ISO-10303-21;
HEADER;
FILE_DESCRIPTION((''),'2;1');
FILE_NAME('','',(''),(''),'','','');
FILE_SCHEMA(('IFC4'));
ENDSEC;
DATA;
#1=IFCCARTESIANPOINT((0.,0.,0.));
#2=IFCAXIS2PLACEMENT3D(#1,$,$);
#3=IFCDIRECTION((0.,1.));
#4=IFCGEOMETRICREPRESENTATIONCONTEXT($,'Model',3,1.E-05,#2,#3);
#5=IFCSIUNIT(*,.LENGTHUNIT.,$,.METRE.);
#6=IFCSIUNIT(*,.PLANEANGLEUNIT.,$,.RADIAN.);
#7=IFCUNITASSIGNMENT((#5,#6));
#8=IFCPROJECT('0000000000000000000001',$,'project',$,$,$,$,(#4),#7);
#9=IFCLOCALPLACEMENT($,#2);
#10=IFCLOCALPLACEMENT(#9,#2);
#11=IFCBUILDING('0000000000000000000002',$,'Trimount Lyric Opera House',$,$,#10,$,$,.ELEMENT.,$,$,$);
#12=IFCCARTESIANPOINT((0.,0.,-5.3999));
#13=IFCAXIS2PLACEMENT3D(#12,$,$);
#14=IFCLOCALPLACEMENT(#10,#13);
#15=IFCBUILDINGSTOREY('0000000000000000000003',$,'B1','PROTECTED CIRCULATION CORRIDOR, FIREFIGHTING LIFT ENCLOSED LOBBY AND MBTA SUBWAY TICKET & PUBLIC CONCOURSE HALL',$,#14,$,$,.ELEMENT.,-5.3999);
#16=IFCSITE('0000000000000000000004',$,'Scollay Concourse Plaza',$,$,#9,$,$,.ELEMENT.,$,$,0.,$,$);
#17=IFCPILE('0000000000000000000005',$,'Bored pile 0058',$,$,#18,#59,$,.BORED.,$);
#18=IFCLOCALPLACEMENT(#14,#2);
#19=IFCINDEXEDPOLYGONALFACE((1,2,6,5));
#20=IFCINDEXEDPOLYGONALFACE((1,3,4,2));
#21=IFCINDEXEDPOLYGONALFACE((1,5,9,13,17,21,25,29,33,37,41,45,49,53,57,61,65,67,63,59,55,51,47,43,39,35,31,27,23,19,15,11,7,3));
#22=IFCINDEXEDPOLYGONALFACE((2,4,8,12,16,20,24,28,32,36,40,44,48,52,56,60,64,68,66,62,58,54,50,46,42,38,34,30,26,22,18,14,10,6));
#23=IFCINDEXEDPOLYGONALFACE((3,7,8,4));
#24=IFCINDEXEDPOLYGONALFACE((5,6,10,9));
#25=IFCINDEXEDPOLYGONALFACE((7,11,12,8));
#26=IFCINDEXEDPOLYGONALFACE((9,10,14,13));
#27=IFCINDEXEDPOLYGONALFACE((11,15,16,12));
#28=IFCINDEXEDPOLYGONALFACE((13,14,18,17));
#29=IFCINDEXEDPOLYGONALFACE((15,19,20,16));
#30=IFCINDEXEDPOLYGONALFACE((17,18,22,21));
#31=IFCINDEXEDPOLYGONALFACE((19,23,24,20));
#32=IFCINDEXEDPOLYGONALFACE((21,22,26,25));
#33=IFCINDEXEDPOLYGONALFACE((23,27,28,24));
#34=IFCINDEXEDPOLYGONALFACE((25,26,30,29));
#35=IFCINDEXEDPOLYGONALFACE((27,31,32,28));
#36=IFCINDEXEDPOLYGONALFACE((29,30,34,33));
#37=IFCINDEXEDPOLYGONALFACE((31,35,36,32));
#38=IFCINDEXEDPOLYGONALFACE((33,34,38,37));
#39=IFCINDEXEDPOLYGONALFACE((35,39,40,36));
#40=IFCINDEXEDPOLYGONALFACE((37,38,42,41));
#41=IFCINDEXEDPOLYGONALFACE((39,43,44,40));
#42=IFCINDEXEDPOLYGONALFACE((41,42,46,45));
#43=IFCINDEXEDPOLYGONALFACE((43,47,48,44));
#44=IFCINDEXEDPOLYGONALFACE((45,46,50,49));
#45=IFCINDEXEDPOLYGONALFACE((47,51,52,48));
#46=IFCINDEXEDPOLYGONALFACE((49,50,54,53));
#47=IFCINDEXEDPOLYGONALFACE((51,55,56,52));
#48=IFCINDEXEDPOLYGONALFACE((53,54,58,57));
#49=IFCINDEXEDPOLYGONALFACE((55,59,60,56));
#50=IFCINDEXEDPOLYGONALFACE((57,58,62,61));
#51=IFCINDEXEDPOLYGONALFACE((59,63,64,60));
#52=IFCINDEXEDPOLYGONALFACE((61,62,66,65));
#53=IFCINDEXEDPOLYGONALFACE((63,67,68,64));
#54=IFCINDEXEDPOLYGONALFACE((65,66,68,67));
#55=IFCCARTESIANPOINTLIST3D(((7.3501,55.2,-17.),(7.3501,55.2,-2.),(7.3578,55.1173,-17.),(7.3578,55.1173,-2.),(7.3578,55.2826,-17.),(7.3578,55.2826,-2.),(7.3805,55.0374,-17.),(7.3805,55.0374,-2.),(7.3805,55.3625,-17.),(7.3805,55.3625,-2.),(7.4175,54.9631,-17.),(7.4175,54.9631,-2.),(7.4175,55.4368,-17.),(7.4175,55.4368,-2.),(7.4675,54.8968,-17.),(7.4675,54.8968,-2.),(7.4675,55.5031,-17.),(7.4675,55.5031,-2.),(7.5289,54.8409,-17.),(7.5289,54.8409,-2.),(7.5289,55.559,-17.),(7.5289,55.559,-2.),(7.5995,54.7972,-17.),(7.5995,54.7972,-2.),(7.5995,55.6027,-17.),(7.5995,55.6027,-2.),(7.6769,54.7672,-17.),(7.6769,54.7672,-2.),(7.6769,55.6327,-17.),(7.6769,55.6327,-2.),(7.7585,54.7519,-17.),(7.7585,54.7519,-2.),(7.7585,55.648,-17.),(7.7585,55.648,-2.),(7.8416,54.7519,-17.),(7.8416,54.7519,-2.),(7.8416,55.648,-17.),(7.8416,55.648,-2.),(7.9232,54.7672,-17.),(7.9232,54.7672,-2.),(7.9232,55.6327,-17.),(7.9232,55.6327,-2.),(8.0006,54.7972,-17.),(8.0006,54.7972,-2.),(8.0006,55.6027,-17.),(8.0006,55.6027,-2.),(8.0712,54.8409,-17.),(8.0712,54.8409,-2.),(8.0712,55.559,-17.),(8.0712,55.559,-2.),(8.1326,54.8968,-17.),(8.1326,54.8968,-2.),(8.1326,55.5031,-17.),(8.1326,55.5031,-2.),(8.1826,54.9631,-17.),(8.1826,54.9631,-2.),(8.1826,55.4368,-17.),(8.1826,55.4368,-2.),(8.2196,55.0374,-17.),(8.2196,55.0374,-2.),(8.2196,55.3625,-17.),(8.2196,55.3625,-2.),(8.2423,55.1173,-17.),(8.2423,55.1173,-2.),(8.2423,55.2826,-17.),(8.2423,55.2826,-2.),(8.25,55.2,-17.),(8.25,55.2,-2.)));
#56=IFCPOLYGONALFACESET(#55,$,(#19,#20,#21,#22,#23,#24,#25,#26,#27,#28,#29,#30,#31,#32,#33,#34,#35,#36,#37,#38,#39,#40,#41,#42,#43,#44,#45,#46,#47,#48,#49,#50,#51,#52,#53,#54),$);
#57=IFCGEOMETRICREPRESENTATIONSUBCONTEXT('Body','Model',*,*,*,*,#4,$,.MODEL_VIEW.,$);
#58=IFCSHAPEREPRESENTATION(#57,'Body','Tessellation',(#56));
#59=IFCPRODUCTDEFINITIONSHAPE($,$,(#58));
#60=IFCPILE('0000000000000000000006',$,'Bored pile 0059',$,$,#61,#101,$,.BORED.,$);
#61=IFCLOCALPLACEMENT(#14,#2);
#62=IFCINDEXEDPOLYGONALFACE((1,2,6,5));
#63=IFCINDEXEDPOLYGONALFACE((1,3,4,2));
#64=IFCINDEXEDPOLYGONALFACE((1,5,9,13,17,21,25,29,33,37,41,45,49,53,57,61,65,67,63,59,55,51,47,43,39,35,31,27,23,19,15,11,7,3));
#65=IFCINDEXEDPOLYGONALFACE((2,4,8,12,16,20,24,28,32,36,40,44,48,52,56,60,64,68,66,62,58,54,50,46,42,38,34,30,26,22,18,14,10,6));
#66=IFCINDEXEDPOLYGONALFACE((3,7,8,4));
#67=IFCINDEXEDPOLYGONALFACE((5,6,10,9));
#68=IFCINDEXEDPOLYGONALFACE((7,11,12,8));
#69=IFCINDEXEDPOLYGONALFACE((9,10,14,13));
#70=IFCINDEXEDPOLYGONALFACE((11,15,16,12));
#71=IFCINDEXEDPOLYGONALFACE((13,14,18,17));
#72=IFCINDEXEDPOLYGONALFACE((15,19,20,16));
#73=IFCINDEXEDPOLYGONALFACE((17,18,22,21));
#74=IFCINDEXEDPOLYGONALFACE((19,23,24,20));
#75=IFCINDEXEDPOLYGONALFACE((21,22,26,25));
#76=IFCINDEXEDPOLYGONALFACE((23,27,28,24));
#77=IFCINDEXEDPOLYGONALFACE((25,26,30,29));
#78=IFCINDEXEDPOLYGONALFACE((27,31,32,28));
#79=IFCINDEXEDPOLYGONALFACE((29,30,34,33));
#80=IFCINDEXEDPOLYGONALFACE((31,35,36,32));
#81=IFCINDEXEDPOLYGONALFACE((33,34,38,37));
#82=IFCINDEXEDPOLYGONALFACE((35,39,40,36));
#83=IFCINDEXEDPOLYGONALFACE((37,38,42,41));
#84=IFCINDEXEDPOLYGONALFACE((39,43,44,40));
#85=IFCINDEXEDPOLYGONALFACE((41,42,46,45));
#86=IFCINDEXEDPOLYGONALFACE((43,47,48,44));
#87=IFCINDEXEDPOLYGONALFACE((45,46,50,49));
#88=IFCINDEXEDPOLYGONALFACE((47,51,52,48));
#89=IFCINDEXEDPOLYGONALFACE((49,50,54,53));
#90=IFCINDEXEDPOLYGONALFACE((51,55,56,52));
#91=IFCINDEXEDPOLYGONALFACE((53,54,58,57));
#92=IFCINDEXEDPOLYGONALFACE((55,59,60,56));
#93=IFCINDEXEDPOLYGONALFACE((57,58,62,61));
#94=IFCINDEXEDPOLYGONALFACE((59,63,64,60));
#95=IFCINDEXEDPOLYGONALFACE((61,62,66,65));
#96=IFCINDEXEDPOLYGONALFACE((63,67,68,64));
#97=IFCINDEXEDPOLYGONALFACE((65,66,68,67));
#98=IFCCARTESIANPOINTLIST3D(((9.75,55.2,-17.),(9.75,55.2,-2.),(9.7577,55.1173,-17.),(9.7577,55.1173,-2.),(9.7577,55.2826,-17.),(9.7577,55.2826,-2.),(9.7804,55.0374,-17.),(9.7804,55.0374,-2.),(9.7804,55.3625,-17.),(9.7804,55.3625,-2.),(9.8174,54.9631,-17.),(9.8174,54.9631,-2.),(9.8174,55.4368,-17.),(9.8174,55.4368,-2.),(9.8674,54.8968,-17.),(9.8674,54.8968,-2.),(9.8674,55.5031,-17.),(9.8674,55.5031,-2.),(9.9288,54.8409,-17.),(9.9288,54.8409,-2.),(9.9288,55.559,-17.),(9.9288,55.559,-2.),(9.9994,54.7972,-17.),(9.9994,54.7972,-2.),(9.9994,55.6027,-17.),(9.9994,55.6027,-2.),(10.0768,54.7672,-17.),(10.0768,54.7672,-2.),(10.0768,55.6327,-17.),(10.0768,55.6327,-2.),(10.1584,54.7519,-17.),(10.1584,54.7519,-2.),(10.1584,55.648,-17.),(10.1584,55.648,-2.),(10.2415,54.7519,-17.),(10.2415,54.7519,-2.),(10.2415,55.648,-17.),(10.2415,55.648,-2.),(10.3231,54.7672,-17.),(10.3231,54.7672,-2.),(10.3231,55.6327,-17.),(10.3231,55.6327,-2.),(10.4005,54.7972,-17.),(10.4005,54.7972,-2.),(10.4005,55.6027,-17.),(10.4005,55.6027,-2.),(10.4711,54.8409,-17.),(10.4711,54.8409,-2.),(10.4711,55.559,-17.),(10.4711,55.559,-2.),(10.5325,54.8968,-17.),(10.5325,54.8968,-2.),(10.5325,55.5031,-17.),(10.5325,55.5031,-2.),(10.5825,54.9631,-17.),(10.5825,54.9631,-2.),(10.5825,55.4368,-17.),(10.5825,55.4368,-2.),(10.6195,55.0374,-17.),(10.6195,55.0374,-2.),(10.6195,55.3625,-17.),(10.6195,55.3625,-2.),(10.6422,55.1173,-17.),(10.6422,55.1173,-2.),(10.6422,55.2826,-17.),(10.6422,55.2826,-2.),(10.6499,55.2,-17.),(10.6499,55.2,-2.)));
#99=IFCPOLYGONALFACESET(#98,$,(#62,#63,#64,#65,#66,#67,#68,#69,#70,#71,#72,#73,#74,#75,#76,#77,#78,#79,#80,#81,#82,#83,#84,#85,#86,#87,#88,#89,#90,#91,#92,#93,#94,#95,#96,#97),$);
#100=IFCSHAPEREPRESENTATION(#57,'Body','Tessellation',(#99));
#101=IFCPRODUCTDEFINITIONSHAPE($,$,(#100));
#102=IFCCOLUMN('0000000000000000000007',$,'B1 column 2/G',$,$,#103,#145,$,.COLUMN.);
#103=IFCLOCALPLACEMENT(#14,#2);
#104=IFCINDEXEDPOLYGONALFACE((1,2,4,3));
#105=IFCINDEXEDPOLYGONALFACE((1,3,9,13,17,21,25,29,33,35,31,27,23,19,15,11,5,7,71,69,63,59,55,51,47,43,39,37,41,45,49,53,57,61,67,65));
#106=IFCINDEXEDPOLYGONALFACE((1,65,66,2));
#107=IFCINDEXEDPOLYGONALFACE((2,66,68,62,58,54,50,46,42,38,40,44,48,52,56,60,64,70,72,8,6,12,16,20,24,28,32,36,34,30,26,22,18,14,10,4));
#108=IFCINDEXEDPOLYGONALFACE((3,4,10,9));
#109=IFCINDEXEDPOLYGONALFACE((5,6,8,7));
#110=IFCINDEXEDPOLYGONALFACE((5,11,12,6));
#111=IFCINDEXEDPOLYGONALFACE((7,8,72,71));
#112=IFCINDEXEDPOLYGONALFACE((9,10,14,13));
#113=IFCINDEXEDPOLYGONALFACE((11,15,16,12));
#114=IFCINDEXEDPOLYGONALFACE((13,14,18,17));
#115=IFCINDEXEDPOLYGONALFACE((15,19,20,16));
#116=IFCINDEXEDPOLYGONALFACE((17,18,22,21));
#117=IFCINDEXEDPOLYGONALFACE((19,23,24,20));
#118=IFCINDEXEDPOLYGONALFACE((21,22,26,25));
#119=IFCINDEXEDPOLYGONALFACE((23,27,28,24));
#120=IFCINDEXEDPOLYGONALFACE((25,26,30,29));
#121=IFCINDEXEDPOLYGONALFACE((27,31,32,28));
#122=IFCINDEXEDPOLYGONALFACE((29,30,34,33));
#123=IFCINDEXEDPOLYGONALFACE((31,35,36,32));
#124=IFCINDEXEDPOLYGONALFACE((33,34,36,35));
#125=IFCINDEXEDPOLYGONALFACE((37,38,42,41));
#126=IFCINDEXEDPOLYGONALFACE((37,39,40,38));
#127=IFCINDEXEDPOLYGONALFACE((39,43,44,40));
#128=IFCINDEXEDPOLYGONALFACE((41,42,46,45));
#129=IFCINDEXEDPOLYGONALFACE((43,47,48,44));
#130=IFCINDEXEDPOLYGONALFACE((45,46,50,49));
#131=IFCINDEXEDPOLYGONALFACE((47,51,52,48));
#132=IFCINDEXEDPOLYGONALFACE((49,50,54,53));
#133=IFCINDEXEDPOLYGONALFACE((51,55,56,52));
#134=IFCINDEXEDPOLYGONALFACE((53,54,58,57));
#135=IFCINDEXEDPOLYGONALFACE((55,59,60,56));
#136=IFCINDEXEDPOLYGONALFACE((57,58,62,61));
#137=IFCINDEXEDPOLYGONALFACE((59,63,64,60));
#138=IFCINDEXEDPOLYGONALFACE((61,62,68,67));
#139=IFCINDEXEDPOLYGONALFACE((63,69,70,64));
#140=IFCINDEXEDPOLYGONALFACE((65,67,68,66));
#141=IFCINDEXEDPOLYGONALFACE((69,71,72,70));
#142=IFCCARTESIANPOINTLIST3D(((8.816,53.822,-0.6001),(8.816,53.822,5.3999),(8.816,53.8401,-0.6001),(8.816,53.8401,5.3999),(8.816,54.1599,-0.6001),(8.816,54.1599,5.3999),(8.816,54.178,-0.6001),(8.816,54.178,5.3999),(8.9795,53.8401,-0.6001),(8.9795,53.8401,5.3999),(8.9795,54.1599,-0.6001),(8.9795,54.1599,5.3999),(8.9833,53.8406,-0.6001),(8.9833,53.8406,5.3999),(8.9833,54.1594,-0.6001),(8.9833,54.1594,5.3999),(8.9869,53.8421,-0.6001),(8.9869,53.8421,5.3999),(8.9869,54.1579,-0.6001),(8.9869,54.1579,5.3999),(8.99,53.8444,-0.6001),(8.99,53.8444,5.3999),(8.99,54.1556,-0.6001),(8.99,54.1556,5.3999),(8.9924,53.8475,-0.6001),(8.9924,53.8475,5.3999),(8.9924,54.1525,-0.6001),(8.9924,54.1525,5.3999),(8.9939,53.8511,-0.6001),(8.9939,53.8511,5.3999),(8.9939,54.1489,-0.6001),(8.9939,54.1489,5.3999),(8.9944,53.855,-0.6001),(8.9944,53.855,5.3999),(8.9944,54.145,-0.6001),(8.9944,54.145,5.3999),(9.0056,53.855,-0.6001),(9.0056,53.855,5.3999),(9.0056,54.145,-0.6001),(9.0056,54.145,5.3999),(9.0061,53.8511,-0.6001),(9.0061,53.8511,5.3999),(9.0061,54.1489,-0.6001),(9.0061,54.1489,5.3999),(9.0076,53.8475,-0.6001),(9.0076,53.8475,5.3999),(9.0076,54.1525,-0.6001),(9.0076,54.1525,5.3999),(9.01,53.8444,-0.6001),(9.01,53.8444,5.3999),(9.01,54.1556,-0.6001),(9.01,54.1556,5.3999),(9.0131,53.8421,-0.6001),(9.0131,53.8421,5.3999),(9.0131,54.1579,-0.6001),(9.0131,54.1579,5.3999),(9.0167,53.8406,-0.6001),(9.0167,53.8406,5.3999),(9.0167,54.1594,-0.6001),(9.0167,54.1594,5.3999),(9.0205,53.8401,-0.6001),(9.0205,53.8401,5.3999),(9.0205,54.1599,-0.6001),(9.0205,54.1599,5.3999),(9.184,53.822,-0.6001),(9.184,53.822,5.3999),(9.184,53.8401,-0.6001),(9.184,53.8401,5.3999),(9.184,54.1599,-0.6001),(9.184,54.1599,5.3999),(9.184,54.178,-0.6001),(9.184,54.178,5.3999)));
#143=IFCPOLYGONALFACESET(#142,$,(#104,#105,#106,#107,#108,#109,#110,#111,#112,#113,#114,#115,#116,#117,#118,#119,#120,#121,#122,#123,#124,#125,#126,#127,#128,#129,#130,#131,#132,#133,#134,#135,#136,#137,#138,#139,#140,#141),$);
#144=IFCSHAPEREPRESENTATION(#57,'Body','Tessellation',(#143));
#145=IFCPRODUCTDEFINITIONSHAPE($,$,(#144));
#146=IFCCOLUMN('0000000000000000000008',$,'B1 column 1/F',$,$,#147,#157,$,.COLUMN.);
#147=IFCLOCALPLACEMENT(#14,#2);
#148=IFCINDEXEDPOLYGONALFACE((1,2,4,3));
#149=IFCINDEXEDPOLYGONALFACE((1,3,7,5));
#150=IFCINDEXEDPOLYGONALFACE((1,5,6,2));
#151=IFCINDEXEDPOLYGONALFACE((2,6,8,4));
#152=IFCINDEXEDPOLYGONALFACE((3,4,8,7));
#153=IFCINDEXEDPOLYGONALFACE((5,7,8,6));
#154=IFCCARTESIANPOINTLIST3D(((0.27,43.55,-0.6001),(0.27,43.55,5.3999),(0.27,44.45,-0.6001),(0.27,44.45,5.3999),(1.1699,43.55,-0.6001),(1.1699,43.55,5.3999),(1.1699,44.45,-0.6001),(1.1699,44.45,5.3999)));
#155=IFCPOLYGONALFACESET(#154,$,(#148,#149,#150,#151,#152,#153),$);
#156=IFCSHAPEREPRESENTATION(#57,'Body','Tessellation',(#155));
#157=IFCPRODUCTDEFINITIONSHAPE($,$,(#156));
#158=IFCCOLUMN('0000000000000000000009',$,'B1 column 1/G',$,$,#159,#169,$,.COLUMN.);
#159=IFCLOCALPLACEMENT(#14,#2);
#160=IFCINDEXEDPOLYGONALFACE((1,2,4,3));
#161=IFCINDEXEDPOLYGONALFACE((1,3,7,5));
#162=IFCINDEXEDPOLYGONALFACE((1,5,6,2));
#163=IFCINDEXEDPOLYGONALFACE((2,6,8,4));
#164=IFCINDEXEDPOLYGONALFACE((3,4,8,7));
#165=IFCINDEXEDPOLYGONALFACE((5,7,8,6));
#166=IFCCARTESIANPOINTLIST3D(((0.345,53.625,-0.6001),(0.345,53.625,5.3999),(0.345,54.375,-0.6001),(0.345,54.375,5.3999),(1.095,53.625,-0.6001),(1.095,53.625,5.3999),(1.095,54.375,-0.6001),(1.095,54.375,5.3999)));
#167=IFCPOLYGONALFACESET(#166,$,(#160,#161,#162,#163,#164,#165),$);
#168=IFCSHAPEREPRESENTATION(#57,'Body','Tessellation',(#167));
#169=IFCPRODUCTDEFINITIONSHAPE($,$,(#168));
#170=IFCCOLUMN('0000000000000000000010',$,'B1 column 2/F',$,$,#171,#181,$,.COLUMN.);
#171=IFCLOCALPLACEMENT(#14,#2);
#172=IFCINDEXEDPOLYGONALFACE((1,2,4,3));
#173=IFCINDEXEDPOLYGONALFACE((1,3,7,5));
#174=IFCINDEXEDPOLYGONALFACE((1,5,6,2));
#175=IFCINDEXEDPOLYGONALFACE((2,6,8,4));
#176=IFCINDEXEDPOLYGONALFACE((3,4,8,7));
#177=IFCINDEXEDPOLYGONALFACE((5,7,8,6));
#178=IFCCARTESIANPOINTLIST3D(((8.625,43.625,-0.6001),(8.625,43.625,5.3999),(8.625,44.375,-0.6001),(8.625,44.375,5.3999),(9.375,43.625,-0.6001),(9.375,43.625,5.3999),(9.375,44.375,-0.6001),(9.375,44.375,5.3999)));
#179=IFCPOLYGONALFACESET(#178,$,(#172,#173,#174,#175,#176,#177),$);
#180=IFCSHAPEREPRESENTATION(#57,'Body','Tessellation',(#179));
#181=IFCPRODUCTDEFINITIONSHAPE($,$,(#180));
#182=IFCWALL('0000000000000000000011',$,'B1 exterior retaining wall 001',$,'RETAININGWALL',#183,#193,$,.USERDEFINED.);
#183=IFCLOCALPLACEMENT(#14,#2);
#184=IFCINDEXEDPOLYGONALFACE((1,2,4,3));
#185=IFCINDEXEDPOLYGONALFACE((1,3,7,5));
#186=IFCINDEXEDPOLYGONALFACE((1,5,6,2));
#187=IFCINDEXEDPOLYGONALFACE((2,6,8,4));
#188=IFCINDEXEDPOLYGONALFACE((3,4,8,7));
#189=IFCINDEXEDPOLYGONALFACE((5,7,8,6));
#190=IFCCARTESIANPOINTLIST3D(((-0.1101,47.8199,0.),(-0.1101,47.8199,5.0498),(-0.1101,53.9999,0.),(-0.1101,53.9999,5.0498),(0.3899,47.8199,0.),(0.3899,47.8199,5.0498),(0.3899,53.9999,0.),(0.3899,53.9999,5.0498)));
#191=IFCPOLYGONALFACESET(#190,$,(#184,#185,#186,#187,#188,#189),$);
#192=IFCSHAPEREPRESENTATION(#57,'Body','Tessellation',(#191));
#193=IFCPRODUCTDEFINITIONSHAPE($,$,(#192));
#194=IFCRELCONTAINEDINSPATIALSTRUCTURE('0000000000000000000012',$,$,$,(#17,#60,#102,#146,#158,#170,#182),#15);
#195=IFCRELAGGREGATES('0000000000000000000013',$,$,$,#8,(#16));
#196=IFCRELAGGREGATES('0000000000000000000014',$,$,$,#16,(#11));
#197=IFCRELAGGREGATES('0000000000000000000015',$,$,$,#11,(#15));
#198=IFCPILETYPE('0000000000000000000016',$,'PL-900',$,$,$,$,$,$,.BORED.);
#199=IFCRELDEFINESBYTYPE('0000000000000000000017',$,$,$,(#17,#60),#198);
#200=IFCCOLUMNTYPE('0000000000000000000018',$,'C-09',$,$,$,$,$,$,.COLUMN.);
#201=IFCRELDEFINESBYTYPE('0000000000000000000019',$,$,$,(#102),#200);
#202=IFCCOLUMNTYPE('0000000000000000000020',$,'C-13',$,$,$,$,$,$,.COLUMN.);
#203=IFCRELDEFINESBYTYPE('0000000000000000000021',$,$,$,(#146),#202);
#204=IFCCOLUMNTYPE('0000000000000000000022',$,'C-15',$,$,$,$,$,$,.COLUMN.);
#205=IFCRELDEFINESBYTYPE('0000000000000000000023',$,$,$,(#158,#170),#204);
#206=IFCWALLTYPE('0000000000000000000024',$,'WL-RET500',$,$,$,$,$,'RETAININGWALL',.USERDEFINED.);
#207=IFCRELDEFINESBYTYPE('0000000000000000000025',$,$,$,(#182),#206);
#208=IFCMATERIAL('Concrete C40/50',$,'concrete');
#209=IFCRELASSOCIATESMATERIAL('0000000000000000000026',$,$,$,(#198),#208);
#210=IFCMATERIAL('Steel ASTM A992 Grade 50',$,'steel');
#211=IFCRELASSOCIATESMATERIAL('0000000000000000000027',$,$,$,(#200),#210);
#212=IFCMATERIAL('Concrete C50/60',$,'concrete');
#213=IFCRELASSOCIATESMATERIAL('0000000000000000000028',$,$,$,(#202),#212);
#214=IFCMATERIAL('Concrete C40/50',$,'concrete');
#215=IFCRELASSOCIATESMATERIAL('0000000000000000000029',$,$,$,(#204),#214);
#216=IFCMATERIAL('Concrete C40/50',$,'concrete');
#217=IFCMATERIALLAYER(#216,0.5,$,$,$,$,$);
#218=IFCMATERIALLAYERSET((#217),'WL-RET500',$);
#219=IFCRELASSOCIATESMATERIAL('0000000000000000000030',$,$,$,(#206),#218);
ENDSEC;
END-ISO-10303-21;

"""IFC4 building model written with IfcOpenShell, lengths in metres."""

from ifc_helpers import new_model, si_unit, direction, frame, frame_2d, origin, origin_2d, place, context, subcontext, project, spatial, rectangle, circle, i_section, extrude, material, layer, layer_set, material_profile, profile_set, type_object, element, save


model = new_model("IFC4")

# Units and contexts
model_context = context("Model", 3, precision=1e-05, world=origin(), true_north=direction((0.0, 1.0)))
body_context = subcontext(model_context, "Body", "Model", "MODEL_VIEW")
ifc_project = project(units=[si_unit("LENGTHUNIT", "METRE"), si_unit("PLANEANGLEUNIT", "RADIAN")], contexts=[model_context])

# Site, building, storey
site_placement = place(None, origin())
site = spatial("IfcSite", under=ifc_project, at=site_placement, Name="Scollay Concourse Plaza", CompositionType="ELEMENT", RefElevation=0.0)
building_placement = place(site_placement, origin())
building = spatial("IfcBuilding", under=site, at=building_placement, Name="Trimount Lyric Opera House", CompositionType="ELEMENT")
storey_placement = place(building_placement, frame((0.0, 0.0, -5.3999)))
storey = spatial("IfcBuildingStorey", under=building, at=storey_placement, Name="B1", Description="PROTECTED CIRCULATION CORRIDOR, FIREFIGHTING LIFT ENCLOSED LOBBY AND MBTA SUBWAY TICKET & PUBLIC CONCOURSE HALL", CompositionType="ELEMENT", Elevation=-5.3999)

# Piles
ifc_material_1 = material(Name="Concrete C40/50", Category="concrete")
ifc_material_profile_1 = material_profile(ifc_material_1, circle(Radius=0.45, at=origin_2d()), Name="PILE-D900")
ifc_profile_set_1 = profile_set([ifc_material_profile_1], Name="Concrete C40/50")
pile_type_1 = type_object("IfcPileType", Name="PL-900", PredefinedType="BORED", material=ifc_profile_set_1)
for number, where, z_axis, x_axis, name in (
    (1, (7.8, 55.2, -2.0), (0.0, 0.0, -1.0), (1.0, 0.0, 0.0), "Bored pile 0058"),
    (2, (10.2, 55.2, -2.0), (0.0, 0.0, -1.0), (1.0, 0.0, 0.0), "Bored pile 0059"),
):
    element("IfcPile", number, at=place(storey_placement, frame(where, z_axis=z_axis, x_axis=x_axis)), inside=storey, type_object=pile_type_1, Name=name, PredefinedType="BORED", context=body_context, shape_type="SweptSolid", body=[
        extrude(circle(Radius=0.45, at=origin_2d()), origin(), (0.0, 0.0, 1.0), 15.0),
    ])

# Columns
ifc_material_2 = material(Name="Steel ASTM A992 Grade 50", Category="steel")
ifc_material_profile_2 = material_profile(ifc_material_2, i_section(OverallWidth=0.3679, OverallDepth=0.356, WebThickness=0.0112, FlangeThickness=0.0181, FilletRadius=0.0149, at=origin_2d()), Name="W14X90")
ifc_profile_set_2 = profile_set([ifc_material_profile_2], Name="Steel ASTM A992 Grade 50")
column_type_1 = type_object("IfcColumnType", Name="C-09", PredefinedType="COLUMN", material=ifc_profile_set_2)
column_1_placement = place(storey_placement, frame((9.0, 54.0, -0.6001), z_axis=(0.0, 0.0, 1.0), x_axis=(1.0, 0.0, 0.0)))
element("IfcColumn", 3, at=column_1_placement, inside=storey, type_object=column_type_1, Name="B1 column 2/G", PredefinedType="COLUMN", context=body_context, shape_type="SweptSolid", body=[
    extrude(i_section(OverallWidth=0.3679, OverallDepth=0.356, WebThickness=0.0112, FlangeThickness=0.0181, FilletRadius=0.0149, at=origin_2d()), origin(), (0.0, 0.0, 1.0), 6.0),
])
ifc_material_3 = material(Name="Concrete C50/60", Category="concrete")
ifc_material_profile_3 = material_profile(ifc_material_3, rectangle(XDim=0.8999, YDim=0.8999, at=origin_2d()), Name="RC900X900")
ifc_profile_set_3 = profile_set([ifc_material_profile_3], Name="Concrete C50/60")
column_type_2 = type_object("IfcColumnType", Name="C-13", PredefinedType="COLUMN", material=ifc_profile_set_3)
column_2_placement = place(storey_placement, frame((0.72, 44.0, -0.6001), z_axis=(0.0, 0.0, 1.0), x_axis=(1.0, 0.0, 0.0)))
element("IfcColumn", 4, at=column_2_placement, inside=storey, type_object=column_type_2, Name="B1 column 1/F", PredefinedType="COLUMN", context=body_context, shape_type="SweptSolid", body=[
    extrude(rectangle(XDim=0.8999, YDim=0.8999, at=origin_2d()), origin(), (0.0, 0.0, 1.0), 6.0),
])
ifc_material_4 = material(Name="Concrete C40/50", Category="concrete")
ifc_material_profile_4 = material_profile(ifc_material_4, rectangle(XDim=0.75, YDim=0.75, at=origin_2d()), Name="RC750X750")
ifc_profile_set_4 = profile_set([ifc_material_profile_4], Name="Concrete C40/50")
column_type_3 = type_object("IfcColumnType", Name="C-15", PredefinedType="COLUMN", material=ifc_profile_set_4)
for number, where, z_axis, x_axis, name in (
    (5, (0.72, 54.0, -0.6001), (0.0, 0.0, 1.0), (1.0, 0.0, 0.0), "B1 column 1/G"),
    (6, (9.0, 44.0, -0.6001), (0.0, 0.0, 1.0), (1.0, 0.0, 0.0), "B1 column 2/F"),
):
    element("IfcColumn", number, at=place(storey_placement, frame(where, z_axis=z_axis, x_axis=x_axis)), inside=storey, type_object=column_type_3, Name=name, PredefinedType="COLUMN", context=body_context, shape_type="SweptSolid", body=[
        extrude(rectangle(XDim=0.75, YDim=0.75, at=origin_2d()), origin(), (0.0, 0.0, 1.0), 6.0),
    ])

# Wall
ifc_material_5 = material(Name="Concrete C40/50", Category="concrete")
ifc_layer_1 = layer(ifc_material_5, 0.5)
ifc_layer_set_1 = layer_set([ifc_layer_1], Name="WL-RET500")
wall_type_1 = type_object("IfcWallType", Name="WL-RET500", ElementType="RETAININGWALL", PredefinedType="USERDEFINED", material=ifc_layer_set_1)
wall_1_placement = place(storey_placement, frame((0.1399, 47.8201, 0.0), z_axis=(0.0, 0.0, 1.0), x_axis=(0.0, 1.0, 0.0)))
element("IfcWall", 7, at=wall_1_placement, inside=storey, type_object=wall_type_1, Name="B1 exterior retaining wall 001", ObjectType="RETAININGWALL", PredefinedType="USERDEFINED", context=body_context, shape_type="SweptSolid", body=[
    extrude(rectangle(XDim=6.1799, YDim=0.5, at=frame_2d((3.0898, 0.0))), origin(), (0.0, 0.0, 1.0), 5.0498),
])

save(model, "model.ifc")
